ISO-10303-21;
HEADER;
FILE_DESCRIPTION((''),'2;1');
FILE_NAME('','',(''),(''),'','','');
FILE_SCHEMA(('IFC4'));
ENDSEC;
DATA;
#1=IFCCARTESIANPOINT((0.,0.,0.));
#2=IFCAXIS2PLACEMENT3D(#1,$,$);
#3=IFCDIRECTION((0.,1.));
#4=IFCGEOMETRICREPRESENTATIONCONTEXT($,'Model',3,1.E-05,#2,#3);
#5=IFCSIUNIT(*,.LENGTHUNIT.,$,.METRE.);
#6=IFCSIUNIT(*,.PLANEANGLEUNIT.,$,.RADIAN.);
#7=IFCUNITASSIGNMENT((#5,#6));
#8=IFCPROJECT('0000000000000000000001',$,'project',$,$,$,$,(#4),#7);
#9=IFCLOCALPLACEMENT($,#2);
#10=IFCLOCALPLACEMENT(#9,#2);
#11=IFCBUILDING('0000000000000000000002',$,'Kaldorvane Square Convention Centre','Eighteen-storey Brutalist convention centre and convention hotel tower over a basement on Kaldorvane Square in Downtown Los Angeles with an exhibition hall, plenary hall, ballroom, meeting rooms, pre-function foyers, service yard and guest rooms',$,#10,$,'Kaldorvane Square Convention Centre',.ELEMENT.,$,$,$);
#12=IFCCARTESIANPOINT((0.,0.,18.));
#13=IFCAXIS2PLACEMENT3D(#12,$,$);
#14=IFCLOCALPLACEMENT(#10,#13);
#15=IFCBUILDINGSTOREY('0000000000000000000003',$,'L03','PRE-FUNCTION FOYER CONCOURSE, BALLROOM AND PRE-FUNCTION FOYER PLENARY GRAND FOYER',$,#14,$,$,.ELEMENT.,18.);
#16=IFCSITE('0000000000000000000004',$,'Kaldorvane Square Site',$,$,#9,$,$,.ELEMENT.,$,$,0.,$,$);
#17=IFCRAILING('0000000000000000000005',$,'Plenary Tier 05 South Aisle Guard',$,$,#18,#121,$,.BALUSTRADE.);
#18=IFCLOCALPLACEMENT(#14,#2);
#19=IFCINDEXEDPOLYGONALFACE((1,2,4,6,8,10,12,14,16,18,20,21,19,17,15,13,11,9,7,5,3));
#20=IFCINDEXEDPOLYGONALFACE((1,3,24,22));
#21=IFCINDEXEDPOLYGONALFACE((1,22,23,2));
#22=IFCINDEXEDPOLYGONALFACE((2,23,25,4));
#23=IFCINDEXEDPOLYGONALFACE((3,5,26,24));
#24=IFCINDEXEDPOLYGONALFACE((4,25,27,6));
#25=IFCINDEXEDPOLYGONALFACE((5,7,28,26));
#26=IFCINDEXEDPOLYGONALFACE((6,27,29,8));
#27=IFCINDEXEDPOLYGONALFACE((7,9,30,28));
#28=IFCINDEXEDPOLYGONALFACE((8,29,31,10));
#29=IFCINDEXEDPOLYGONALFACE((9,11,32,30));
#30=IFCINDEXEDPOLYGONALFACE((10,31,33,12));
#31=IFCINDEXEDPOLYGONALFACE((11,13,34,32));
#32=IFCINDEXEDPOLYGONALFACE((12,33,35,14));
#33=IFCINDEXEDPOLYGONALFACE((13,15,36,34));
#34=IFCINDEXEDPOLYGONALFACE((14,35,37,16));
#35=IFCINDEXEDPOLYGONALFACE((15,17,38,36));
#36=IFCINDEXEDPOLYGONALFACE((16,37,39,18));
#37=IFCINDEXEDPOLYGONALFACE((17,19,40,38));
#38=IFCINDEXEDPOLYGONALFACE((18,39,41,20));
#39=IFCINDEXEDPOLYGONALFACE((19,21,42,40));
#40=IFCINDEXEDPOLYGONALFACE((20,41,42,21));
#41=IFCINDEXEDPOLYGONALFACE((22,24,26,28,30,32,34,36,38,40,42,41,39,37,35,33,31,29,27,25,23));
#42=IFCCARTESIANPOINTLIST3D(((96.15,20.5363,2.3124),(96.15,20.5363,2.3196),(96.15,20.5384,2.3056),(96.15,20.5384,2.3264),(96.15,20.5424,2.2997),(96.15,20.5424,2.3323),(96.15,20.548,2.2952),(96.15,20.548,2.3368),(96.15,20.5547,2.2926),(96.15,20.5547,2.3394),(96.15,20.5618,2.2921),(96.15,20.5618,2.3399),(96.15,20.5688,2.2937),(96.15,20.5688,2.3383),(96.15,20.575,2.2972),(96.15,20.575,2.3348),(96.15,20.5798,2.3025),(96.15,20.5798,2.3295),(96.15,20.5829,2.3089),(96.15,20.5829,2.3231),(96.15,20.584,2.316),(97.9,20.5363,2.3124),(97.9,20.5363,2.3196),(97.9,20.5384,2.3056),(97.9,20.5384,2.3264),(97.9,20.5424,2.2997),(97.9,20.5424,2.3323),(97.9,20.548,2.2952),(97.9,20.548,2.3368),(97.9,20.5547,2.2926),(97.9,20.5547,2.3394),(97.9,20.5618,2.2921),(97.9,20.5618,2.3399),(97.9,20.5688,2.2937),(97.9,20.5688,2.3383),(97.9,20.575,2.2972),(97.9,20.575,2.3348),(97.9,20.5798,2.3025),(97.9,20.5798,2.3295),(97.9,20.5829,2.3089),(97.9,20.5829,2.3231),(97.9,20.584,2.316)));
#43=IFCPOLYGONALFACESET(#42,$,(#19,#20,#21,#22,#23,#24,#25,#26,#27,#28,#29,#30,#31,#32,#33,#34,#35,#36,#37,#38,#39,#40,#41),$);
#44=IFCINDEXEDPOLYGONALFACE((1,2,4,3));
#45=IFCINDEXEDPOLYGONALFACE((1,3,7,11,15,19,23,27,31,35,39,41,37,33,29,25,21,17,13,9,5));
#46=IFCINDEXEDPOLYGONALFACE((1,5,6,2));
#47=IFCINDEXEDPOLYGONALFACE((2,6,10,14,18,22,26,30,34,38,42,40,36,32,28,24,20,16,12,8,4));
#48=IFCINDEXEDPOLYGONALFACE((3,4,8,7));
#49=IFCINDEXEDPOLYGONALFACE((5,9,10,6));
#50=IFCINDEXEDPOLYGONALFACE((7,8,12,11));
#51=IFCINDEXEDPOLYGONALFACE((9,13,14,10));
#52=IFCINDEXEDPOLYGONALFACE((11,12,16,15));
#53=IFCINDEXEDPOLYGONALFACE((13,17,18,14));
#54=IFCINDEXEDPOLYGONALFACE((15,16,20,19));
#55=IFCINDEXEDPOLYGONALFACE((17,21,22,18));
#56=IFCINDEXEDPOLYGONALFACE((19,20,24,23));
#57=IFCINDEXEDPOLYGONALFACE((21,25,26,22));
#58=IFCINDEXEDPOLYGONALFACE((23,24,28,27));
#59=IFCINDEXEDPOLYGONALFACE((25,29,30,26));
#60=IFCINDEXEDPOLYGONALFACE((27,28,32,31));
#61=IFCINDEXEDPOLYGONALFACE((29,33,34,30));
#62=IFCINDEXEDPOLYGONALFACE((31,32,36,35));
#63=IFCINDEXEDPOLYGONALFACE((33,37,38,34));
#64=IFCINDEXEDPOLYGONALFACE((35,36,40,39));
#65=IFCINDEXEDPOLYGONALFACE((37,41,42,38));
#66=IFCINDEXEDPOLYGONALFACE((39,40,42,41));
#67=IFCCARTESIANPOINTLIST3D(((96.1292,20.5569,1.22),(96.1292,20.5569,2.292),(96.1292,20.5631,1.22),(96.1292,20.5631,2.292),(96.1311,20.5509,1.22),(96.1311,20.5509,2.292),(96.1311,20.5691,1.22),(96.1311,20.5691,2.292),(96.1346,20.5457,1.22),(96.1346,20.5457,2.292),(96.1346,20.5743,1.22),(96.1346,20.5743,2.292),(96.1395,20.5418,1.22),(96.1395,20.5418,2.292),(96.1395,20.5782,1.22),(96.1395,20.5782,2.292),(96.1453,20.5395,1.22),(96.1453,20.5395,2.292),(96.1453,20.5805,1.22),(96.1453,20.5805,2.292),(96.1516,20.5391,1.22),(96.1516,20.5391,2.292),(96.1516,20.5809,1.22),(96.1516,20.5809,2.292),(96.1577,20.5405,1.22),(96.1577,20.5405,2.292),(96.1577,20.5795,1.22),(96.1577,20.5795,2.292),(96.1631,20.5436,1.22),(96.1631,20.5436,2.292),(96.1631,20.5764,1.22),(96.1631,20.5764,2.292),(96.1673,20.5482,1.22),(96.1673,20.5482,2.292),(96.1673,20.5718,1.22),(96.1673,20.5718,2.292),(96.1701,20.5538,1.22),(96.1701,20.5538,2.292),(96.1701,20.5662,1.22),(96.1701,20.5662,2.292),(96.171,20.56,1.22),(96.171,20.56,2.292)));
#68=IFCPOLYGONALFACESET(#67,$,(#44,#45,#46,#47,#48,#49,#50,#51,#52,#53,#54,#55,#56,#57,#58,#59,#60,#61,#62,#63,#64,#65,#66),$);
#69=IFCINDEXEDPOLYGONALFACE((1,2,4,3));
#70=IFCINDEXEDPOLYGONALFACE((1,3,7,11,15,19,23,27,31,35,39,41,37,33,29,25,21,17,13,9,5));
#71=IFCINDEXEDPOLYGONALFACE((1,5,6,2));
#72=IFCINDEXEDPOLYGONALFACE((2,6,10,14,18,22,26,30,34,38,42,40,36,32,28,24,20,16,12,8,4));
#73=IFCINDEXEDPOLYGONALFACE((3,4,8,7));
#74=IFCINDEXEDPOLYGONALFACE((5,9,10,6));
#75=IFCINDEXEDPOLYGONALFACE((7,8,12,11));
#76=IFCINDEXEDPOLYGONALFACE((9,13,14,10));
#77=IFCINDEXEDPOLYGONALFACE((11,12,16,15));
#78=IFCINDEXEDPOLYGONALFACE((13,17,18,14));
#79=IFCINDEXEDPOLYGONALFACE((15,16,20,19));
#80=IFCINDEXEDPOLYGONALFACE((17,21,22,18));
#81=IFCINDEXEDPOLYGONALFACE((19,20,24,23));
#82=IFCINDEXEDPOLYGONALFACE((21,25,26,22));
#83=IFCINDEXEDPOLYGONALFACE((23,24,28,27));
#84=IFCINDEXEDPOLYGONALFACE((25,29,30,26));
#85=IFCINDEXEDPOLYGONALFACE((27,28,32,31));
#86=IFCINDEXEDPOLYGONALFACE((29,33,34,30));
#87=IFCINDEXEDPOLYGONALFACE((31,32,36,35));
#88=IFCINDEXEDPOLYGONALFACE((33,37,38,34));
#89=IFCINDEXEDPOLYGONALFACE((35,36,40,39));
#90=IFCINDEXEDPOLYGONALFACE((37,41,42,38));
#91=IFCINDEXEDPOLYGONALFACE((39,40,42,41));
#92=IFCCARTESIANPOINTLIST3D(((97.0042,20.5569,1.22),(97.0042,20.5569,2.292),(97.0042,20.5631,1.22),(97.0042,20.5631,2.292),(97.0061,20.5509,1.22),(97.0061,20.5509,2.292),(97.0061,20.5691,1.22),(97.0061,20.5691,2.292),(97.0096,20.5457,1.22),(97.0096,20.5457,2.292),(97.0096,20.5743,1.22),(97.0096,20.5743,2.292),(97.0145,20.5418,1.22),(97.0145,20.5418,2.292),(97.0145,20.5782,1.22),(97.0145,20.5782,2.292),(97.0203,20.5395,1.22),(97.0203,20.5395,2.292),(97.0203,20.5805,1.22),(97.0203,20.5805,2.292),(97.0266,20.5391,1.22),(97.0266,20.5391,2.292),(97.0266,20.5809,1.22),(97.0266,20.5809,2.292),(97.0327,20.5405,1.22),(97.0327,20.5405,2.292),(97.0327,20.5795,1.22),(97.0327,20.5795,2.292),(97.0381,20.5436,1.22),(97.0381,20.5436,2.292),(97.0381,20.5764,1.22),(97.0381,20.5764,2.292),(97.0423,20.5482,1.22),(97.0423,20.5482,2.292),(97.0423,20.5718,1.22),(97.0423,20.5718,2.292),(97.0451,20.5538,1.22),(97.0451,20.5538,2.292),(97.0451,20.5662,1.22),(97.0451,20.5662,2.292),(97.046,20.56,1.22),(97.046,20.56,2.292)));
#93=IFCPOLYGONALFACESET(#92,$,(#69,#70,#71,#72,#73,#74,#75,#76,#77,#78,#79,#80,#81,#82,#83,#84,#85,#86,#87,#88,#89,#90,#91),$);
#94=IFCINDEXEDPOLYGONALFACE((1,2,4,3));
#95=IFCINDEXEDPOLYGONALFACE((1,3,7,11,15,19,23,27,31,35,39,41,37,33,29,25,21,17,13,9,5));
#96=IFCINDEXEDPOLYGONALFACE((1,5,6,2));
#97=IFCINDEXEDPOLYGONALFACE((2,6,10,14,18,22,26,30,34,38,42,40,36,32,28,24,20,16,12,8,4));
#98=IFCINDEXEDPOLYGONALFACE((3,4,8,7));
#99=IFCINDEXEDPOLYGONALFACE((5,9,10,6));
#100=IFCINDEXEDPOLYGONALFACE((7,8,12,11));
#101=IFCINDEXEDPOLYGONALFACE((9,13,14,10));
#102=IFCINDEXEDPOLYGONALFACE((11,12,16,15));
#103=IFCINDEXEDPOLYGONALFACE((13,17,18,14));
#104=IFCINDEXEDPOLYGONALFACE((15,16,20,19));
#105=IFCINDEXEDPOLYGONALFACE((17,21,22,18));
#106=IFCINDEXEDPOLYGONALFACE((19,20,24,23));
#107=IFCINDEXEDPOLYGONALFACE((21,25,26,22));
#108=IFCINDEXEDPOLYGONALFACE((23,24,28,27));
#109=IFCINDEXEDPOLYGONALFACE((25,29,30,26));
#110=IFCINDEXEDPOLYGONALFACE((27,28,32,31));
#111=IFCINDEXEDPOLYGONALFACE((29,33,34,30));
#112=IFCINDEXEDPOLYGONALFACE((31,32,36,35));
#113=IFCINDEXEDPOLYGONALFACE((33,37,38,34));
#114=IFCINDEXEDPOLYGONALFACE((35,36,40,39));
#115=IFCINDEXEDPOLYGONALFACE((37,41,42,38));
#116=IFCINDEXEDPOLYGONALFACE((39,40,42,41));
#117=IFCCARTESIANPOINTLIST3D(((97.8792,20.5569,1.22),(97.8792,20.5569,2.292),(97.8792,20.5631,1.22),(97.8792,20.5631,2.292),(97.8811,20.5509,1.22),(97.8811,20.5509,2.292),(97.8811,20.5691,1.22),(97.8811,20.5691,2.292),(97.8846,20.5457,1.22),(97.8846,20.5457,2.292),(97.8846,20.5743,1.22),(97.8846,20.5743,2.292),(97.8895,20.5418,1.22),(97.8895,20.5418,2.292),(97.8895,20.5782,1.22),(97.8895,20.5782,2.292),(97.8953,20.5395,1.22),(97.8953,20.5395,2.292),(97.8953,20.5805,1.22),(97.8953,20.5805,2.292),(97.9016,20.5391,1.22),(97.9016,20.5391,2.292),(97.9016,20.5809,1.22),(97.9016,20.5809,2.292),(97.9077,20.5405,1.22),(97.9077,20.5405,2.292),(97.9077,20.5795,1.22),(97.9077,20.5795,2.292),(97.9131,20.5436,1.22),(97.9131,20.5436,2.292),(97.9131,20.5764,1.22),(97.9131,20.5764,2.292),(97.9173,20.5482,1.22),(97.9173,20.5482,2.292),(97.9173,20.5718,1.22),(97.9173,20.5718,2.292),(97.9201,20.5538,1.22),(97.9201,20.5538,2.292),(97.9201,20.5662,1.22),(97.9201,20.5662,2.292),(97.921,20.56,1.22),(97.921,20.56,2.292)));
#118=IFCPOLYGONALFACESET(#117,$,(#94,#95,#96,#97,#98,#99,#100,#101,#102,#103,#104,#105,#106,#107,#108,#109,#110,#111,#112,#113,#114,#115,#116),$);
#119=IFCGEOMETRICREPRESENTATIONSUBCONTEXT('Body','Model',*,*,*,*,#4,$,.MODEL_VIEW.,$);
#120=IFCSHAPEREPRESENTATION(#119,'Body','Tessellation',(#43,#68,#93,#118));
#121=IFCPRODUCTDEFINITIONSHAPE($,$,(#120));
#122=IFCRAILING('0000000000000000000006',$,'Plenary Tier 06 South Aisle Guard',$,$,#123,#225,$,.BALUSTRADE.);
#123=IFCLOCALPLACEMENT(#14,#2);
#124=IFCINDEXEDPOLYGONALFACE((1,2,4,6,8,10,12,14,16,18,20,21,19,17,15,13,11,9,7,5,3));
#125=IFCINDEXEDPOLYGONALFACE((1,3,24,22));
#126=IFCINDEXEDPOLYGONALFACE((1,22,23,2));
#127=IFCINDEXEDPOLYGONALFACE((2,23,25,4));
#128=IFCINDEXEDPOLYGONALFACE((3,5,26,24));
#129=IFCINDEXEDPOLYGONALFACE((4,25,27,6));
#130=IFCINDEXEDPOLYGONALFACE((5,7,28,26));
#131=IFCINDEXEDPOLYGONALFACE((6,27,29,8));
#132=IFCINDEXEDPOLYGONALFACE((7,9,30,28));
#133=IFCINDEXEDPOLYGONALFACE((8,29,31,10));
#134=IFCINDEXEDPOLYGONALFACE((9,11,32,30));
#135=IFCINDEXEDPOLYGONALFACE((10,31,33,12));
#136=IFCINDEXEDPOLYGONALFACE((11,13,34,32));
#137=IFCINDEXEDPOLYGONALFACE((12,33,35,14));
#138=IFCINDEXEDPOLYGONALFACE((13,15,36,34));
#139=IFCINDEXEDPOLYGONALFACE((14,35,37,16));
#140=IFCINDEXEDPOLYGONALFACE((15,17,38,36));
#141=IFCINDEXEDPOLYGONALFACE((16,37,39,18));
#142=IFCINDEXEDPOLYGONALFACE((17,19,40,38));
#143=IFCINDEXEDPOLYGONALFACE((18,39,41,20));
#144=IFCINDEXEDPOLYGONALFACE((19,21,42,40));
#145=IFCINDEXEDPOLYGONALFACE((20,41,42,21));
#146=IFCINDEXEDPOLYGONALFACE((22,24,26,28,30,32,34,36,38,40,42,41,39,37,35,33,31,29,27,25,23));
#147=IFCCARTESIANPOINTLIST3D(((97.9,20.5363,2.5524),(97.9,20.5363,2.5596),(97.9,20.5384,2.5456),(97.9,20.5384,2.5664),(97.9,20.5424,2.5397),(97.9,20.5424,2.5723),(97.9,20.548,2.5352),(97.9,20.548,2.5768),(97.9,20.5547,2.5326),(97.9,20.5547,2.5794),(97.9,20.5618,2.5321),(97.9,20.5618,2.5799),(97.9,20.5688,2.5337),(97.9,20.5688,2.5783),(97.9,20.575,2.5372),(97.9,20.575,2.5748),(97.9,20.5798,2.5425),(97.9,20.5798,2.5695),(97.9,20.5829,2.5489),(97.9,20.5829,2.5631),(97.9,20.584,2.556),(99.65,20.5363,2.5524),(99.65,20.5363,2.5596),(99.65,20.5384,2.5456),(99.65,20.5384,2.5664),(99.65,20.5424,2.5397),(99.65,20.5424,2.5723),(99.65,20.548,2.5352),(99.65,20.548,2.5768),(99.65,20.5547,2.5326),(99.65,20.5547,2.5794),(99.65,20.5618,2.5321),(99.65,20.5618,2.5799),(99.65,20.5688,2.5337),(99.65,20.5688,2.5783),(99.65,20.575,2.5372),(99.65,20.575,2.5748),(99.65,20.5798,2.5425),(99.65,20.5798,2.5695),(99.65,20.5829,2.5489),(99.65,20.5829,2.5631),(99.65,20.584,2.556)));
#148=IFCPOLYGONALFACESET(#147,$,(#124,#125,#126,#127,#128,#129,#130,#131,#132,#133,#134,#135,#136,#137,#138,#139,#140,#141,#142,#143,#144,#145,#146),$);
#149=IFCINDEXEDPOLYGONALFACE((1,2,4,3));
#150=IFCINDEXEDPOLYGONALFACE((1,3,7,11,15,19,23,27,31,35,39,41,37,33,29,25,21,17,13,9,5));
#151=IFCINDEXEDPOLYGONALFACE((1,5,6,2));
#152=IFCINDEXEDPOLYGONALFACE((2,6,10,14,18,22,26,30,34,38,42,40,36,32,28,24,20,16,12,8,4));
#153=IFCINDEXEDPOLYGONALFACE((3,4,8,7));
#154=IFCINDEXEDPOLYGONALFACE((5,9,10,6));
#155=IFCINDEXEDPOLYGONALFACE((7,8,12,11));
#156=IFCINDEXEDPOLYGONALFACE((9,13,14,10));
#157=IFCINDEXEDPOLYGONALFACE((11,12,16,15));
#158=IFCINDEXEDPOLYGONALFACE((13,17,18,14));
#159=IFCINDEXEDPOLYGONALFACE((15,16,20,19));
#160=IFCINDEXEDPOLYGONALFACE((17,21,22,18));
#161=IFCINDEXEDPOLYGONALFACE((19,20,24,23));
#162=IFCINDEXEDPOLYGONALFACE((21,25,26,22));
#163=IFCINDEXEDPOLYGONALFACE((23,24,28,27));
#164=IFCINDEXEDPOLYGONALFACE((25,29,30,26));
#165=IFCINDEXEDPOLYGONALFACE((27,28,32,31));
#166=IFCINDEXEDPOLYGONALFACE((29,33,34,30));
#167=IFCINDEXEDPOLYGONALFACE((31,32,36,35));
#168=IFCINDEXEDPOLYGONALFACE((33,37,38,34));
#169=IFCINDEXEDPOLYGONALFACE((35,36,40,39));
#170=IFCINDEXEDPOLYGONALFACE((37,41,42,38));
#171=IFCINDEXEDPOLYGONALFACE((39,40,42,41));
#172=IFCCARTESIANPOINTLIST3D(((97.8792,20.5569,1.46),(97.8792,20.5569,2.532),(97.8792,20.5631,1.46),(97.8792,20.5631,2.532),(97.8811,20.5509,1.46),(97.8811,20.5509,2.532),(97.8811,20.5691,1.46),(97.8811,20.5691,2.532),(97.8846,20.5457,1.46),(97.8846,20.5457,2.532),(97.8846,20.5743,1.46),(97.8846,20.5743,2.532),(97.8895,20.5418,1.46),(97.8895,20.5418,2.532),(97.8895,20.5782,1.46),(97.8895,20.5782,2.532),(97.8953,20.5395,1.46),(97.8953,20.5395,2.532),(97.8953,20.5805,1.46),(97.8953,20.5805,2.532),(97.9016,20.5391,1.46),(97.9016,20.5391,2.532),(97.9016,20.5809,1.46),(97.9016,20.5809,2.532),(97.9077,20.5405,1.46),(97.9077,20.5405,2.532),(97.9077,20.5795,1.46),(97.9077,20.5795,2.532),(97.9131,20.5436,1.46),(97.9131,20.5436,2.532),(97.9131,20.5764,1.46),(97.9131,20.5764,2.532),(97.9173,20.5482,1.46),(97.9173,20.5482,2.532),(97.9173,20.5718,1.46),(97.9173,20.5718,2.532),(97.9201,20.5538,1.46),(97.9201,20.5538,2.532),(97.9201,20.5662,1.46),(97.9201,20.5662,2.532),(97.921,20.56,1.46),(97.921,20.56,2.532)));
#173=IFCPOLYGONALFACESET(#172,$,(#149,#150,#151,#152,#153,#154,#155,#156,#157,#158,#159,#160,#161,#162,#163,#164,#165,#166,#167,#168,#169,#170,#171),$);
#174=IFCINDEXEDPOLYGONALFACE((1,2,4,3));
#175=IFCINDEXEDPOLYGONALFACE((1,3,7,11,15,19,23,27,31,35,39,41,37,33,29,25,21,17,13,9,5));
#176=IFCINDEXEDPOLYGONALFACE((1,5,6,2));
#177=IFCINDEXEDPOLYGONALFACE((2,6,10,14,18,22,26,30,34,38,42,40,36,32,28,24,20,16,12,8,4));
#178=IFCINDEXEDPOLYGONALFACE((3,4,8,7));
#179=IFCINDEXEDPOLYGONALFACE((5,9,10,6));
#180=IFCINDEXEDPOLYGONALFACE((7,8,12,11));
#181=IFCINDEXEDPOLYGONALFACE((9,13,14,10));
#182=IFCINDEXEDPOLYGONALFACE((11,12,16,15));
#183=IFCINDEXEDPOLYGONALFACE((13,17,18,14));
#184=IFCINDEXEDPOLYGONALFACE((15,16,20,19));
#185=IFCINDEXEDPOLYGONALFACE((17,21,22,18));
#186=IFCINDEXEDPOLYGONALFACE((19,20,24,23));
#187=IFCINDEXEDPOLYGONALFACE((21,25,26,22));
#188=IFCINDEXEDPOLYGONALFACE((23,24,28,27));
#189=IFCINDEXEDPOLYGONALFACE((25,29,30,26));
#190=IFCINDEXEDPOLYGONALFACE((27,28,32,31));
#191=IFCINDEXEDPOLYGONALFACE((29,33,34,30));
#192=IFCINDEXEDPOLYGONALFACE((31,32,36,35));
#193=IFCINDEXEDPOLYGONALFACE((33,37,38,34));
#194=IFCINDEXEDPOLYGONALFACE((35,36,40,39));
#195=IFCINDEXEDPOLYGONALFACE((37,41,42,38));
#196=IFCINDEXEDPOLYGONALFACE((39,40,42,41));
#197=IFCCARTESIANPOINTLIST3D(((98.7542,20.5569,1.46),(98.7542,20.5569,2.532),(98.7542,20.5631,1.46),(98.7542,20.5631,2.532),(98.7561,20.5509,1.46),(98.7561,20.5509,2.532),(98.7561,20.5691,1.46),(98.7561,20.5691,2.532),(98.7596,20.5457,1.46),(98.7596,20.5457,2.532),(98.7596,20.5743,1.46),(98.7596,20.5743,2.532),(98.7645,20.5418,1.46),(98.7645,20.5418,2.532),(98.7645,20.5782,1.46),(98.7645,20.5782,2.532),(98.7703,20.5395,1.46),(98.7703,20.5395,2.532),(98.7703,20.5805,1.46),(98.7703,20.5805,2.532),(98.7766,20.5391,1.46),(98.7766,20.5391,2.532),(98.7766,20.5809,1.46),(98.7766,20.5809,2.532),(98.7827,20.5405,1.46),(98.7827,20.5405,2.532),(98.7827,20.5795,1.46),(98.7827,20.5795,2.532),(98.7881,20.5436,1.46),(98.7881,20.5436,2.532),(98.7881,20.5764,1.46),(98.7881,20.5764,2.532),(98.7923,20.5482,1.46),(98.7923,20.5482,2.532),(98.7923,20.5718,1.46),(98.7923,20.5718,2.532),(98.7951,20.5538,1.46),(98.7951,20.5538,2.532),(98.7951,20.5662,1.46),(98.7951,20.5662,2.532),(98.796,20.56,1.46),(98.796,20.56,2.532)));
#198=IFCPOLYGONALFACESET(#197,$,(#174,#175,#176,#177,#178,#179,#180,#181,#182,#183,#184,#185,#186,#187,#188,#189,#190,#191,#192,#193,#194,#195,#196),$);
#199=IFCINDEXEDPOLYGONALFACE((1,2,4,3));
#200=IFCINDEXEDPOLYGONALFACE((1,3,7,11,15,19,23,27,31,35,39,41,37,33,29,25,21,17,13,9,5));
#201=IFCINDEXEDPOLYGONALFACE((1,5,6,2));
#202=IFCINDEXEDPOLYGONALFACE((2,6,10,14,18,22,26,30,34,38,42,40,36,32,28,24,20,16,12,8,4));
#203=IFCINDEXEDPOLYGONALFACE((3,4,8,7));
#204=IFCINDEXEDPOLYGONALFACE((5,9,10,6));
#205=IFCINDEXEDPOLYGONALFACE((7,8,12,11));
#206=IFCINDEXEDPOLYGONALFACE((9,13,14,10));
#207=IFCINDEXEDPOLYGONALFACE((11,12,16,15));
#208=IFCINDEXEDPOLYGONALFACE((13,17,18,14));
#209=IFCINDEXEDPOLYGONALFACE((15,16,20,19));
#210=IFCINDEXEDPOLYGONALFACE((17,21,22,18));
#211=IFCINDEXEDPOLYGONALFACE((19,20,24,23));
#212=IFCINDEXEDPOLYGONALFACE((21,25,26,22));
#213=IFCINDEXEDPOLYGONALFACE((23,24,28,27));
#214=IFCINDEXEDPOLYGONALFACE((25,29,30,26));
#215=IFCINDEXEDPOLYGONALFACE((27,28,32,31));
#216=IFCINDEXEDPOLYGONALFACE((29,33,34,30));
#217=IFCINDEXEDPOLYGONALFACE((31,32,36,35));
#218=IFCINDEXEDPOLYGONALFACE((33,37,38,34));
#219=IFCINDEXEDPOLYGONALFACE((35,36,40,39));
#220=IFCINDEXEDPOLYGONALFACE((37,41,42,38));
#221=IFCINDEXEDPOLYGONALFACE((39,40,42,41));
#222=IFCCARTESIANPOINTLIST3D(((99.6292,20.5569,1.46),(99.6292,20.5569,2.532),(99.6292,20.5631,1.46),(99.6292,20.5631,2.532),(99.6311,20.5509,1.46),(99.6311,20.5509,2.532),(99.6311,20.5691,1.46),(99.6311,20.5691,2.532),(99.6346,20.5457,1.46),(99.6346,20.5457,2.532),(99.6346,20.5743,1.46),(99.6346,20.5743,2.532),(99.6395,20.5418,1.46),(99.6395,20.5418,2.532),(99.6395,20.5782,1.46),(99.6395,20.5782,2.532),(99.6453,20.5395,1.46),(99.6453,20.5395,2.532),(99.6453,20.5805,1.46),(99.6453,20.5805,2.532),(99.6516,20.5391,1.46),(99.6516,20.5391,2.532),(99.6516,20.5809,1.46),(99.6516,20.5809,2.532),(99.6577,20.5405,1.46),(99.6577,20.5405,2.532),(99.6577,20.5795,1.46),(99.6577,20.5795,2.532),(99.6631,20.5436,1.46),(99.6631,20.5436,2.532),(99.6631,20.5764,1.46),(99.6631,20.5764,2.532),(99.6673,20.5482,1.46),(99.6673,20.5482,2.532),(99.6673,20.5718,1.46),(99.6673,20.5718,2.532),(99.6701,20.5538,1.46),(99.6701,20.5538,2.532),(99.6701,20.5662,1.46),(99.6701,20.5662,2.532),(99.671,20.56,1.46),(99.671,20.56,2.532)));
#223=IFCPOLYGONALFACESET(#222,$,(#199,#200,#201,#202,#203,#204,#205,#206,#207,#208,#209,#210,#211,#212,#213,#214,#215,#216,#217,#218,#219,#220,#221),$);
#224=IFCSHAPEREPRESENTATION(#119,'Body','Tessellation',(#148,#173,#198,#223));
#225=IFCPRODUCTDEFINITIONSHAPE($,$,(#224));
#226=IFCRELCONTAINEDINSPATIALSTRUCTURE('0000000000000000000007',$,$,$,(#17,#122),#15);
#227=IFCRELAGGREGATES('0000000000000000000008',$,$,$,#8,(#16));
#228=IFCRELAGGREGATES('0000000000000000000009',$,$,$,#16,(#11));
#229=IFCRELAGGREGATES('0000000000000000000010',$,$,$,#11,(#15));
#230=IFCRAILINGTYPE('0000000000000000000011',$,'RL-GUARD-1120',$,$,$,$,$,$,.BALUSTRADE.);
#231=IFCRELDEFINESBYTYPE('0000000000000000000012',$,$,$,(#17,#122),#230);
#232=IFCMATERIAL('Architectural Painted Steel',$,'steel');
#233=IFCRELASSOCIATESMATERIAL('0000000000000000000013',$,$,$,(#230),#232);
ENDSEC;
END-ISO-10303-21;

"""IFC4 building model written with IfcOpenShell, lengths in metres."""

from ifc_helpers import new_model, si_unit, direction, frame, origin, origin_2d, place, context, subcontext, project, spatial, circle, extrude, material, type_object, element, save


model = new_model("IFC4")

# Units and contexts
model_context = context("Model", 3, precision=1e-05, world=origin(), true_north=direction((0.0, 1.0)))
body_context = subcontext(model_context, "Body", "Model", "MODEL_VIEW")
ifc_project = project(units=[si_unit("LENGTHUNIT", "METRE"), si_unit("PLANEANGLEUNIT", "RADIAN")], contexts=[model_context])

# Site, building, storey
site_placement = place(None, origin())
site = spatial("IfcSite", under=ifc_project, at=site_placement, Name="Kaldorvane Square Site", CompositionType="ELEMENT", RefElevation=0.0)
building_placement = place(site_placement, origin())
building = spatial("IfcBuilding", under=site, at=building_placement, Name="Kaldorvane Square Convention Centre", Description="Eighteen-storey Brutalist convention centre and convention hotel tower over a basement on Kaldorvane Square in Downtown Los Angeles with an exhibition hall, plenary hall, ballroom, meeting rooms, pre-function foyers, service yard and guest rooms", LongName="Kaldorvane Square Convention Centre", CompositionType="ELEMENT")
storey_placement = place(building_placement, frame((0.0, 0.0, 18.0)))
storey = spatial("IfcBuildingStorey", under=building, at=storey_placement, Name="L03", Description="PRE-FUNCTION FOYER CONCOURSE, BALLROOM AND PRE-FUNCTION FOYER PLENARY GRAND FOYER", CompositionType="ELEMENT", Elevation=18.0)

# Railings
ifc_material_1 = material(Name="Architectural Painted Steel", Category="steel")
railing_type = type_object("IfcRailingType", Name="RL-GUARD-1120", PredefinedType="BALUSTRADE", material=ifc_material_1)
for number, where, name in (
    (1, (96.15, 20.56, 1.22), "Plenary Tier 05 South Aisle Guard"),
    (2, (97.9, 20.56, 1.46), "Plenary Tier 06 South Aisle Guard"),
):
    element("IfcRailing", number, at=place(storey_placement, frame(where)), inside=storey, type_object=railing_type, Name=name, PredefinedType="BALUSTRADE", context=body_context, shape_type="SweptSolid", body=[
        extrude(circle(Radius=0.024, at=origin_2d()), frame((0.0, 0.0, 1.096), z_axis=(1.0, 0.0, 0.0), x_axis=(0.0, 1.0, 0.0)), (0.0, 0.0, 1.0), 1.75),
        extrude(circle(Radius=0.021, at=origin_2d()), origin(), (0.0, 0.0, 1.0), 1.072),
        extrude(circle(Radius=0.021, at=origin_2d()), frame((0.875, 0.0, 0.0)), (0.0, 0.0, 1.0), 1.072),
        extrude(circle(Radius=0.021, at=origin_2d()), frame((1.75, 0.0, 0.0)), (0.0, 0.0, 1.0), 1.072),
    ])

save(model, "model.ifc")
